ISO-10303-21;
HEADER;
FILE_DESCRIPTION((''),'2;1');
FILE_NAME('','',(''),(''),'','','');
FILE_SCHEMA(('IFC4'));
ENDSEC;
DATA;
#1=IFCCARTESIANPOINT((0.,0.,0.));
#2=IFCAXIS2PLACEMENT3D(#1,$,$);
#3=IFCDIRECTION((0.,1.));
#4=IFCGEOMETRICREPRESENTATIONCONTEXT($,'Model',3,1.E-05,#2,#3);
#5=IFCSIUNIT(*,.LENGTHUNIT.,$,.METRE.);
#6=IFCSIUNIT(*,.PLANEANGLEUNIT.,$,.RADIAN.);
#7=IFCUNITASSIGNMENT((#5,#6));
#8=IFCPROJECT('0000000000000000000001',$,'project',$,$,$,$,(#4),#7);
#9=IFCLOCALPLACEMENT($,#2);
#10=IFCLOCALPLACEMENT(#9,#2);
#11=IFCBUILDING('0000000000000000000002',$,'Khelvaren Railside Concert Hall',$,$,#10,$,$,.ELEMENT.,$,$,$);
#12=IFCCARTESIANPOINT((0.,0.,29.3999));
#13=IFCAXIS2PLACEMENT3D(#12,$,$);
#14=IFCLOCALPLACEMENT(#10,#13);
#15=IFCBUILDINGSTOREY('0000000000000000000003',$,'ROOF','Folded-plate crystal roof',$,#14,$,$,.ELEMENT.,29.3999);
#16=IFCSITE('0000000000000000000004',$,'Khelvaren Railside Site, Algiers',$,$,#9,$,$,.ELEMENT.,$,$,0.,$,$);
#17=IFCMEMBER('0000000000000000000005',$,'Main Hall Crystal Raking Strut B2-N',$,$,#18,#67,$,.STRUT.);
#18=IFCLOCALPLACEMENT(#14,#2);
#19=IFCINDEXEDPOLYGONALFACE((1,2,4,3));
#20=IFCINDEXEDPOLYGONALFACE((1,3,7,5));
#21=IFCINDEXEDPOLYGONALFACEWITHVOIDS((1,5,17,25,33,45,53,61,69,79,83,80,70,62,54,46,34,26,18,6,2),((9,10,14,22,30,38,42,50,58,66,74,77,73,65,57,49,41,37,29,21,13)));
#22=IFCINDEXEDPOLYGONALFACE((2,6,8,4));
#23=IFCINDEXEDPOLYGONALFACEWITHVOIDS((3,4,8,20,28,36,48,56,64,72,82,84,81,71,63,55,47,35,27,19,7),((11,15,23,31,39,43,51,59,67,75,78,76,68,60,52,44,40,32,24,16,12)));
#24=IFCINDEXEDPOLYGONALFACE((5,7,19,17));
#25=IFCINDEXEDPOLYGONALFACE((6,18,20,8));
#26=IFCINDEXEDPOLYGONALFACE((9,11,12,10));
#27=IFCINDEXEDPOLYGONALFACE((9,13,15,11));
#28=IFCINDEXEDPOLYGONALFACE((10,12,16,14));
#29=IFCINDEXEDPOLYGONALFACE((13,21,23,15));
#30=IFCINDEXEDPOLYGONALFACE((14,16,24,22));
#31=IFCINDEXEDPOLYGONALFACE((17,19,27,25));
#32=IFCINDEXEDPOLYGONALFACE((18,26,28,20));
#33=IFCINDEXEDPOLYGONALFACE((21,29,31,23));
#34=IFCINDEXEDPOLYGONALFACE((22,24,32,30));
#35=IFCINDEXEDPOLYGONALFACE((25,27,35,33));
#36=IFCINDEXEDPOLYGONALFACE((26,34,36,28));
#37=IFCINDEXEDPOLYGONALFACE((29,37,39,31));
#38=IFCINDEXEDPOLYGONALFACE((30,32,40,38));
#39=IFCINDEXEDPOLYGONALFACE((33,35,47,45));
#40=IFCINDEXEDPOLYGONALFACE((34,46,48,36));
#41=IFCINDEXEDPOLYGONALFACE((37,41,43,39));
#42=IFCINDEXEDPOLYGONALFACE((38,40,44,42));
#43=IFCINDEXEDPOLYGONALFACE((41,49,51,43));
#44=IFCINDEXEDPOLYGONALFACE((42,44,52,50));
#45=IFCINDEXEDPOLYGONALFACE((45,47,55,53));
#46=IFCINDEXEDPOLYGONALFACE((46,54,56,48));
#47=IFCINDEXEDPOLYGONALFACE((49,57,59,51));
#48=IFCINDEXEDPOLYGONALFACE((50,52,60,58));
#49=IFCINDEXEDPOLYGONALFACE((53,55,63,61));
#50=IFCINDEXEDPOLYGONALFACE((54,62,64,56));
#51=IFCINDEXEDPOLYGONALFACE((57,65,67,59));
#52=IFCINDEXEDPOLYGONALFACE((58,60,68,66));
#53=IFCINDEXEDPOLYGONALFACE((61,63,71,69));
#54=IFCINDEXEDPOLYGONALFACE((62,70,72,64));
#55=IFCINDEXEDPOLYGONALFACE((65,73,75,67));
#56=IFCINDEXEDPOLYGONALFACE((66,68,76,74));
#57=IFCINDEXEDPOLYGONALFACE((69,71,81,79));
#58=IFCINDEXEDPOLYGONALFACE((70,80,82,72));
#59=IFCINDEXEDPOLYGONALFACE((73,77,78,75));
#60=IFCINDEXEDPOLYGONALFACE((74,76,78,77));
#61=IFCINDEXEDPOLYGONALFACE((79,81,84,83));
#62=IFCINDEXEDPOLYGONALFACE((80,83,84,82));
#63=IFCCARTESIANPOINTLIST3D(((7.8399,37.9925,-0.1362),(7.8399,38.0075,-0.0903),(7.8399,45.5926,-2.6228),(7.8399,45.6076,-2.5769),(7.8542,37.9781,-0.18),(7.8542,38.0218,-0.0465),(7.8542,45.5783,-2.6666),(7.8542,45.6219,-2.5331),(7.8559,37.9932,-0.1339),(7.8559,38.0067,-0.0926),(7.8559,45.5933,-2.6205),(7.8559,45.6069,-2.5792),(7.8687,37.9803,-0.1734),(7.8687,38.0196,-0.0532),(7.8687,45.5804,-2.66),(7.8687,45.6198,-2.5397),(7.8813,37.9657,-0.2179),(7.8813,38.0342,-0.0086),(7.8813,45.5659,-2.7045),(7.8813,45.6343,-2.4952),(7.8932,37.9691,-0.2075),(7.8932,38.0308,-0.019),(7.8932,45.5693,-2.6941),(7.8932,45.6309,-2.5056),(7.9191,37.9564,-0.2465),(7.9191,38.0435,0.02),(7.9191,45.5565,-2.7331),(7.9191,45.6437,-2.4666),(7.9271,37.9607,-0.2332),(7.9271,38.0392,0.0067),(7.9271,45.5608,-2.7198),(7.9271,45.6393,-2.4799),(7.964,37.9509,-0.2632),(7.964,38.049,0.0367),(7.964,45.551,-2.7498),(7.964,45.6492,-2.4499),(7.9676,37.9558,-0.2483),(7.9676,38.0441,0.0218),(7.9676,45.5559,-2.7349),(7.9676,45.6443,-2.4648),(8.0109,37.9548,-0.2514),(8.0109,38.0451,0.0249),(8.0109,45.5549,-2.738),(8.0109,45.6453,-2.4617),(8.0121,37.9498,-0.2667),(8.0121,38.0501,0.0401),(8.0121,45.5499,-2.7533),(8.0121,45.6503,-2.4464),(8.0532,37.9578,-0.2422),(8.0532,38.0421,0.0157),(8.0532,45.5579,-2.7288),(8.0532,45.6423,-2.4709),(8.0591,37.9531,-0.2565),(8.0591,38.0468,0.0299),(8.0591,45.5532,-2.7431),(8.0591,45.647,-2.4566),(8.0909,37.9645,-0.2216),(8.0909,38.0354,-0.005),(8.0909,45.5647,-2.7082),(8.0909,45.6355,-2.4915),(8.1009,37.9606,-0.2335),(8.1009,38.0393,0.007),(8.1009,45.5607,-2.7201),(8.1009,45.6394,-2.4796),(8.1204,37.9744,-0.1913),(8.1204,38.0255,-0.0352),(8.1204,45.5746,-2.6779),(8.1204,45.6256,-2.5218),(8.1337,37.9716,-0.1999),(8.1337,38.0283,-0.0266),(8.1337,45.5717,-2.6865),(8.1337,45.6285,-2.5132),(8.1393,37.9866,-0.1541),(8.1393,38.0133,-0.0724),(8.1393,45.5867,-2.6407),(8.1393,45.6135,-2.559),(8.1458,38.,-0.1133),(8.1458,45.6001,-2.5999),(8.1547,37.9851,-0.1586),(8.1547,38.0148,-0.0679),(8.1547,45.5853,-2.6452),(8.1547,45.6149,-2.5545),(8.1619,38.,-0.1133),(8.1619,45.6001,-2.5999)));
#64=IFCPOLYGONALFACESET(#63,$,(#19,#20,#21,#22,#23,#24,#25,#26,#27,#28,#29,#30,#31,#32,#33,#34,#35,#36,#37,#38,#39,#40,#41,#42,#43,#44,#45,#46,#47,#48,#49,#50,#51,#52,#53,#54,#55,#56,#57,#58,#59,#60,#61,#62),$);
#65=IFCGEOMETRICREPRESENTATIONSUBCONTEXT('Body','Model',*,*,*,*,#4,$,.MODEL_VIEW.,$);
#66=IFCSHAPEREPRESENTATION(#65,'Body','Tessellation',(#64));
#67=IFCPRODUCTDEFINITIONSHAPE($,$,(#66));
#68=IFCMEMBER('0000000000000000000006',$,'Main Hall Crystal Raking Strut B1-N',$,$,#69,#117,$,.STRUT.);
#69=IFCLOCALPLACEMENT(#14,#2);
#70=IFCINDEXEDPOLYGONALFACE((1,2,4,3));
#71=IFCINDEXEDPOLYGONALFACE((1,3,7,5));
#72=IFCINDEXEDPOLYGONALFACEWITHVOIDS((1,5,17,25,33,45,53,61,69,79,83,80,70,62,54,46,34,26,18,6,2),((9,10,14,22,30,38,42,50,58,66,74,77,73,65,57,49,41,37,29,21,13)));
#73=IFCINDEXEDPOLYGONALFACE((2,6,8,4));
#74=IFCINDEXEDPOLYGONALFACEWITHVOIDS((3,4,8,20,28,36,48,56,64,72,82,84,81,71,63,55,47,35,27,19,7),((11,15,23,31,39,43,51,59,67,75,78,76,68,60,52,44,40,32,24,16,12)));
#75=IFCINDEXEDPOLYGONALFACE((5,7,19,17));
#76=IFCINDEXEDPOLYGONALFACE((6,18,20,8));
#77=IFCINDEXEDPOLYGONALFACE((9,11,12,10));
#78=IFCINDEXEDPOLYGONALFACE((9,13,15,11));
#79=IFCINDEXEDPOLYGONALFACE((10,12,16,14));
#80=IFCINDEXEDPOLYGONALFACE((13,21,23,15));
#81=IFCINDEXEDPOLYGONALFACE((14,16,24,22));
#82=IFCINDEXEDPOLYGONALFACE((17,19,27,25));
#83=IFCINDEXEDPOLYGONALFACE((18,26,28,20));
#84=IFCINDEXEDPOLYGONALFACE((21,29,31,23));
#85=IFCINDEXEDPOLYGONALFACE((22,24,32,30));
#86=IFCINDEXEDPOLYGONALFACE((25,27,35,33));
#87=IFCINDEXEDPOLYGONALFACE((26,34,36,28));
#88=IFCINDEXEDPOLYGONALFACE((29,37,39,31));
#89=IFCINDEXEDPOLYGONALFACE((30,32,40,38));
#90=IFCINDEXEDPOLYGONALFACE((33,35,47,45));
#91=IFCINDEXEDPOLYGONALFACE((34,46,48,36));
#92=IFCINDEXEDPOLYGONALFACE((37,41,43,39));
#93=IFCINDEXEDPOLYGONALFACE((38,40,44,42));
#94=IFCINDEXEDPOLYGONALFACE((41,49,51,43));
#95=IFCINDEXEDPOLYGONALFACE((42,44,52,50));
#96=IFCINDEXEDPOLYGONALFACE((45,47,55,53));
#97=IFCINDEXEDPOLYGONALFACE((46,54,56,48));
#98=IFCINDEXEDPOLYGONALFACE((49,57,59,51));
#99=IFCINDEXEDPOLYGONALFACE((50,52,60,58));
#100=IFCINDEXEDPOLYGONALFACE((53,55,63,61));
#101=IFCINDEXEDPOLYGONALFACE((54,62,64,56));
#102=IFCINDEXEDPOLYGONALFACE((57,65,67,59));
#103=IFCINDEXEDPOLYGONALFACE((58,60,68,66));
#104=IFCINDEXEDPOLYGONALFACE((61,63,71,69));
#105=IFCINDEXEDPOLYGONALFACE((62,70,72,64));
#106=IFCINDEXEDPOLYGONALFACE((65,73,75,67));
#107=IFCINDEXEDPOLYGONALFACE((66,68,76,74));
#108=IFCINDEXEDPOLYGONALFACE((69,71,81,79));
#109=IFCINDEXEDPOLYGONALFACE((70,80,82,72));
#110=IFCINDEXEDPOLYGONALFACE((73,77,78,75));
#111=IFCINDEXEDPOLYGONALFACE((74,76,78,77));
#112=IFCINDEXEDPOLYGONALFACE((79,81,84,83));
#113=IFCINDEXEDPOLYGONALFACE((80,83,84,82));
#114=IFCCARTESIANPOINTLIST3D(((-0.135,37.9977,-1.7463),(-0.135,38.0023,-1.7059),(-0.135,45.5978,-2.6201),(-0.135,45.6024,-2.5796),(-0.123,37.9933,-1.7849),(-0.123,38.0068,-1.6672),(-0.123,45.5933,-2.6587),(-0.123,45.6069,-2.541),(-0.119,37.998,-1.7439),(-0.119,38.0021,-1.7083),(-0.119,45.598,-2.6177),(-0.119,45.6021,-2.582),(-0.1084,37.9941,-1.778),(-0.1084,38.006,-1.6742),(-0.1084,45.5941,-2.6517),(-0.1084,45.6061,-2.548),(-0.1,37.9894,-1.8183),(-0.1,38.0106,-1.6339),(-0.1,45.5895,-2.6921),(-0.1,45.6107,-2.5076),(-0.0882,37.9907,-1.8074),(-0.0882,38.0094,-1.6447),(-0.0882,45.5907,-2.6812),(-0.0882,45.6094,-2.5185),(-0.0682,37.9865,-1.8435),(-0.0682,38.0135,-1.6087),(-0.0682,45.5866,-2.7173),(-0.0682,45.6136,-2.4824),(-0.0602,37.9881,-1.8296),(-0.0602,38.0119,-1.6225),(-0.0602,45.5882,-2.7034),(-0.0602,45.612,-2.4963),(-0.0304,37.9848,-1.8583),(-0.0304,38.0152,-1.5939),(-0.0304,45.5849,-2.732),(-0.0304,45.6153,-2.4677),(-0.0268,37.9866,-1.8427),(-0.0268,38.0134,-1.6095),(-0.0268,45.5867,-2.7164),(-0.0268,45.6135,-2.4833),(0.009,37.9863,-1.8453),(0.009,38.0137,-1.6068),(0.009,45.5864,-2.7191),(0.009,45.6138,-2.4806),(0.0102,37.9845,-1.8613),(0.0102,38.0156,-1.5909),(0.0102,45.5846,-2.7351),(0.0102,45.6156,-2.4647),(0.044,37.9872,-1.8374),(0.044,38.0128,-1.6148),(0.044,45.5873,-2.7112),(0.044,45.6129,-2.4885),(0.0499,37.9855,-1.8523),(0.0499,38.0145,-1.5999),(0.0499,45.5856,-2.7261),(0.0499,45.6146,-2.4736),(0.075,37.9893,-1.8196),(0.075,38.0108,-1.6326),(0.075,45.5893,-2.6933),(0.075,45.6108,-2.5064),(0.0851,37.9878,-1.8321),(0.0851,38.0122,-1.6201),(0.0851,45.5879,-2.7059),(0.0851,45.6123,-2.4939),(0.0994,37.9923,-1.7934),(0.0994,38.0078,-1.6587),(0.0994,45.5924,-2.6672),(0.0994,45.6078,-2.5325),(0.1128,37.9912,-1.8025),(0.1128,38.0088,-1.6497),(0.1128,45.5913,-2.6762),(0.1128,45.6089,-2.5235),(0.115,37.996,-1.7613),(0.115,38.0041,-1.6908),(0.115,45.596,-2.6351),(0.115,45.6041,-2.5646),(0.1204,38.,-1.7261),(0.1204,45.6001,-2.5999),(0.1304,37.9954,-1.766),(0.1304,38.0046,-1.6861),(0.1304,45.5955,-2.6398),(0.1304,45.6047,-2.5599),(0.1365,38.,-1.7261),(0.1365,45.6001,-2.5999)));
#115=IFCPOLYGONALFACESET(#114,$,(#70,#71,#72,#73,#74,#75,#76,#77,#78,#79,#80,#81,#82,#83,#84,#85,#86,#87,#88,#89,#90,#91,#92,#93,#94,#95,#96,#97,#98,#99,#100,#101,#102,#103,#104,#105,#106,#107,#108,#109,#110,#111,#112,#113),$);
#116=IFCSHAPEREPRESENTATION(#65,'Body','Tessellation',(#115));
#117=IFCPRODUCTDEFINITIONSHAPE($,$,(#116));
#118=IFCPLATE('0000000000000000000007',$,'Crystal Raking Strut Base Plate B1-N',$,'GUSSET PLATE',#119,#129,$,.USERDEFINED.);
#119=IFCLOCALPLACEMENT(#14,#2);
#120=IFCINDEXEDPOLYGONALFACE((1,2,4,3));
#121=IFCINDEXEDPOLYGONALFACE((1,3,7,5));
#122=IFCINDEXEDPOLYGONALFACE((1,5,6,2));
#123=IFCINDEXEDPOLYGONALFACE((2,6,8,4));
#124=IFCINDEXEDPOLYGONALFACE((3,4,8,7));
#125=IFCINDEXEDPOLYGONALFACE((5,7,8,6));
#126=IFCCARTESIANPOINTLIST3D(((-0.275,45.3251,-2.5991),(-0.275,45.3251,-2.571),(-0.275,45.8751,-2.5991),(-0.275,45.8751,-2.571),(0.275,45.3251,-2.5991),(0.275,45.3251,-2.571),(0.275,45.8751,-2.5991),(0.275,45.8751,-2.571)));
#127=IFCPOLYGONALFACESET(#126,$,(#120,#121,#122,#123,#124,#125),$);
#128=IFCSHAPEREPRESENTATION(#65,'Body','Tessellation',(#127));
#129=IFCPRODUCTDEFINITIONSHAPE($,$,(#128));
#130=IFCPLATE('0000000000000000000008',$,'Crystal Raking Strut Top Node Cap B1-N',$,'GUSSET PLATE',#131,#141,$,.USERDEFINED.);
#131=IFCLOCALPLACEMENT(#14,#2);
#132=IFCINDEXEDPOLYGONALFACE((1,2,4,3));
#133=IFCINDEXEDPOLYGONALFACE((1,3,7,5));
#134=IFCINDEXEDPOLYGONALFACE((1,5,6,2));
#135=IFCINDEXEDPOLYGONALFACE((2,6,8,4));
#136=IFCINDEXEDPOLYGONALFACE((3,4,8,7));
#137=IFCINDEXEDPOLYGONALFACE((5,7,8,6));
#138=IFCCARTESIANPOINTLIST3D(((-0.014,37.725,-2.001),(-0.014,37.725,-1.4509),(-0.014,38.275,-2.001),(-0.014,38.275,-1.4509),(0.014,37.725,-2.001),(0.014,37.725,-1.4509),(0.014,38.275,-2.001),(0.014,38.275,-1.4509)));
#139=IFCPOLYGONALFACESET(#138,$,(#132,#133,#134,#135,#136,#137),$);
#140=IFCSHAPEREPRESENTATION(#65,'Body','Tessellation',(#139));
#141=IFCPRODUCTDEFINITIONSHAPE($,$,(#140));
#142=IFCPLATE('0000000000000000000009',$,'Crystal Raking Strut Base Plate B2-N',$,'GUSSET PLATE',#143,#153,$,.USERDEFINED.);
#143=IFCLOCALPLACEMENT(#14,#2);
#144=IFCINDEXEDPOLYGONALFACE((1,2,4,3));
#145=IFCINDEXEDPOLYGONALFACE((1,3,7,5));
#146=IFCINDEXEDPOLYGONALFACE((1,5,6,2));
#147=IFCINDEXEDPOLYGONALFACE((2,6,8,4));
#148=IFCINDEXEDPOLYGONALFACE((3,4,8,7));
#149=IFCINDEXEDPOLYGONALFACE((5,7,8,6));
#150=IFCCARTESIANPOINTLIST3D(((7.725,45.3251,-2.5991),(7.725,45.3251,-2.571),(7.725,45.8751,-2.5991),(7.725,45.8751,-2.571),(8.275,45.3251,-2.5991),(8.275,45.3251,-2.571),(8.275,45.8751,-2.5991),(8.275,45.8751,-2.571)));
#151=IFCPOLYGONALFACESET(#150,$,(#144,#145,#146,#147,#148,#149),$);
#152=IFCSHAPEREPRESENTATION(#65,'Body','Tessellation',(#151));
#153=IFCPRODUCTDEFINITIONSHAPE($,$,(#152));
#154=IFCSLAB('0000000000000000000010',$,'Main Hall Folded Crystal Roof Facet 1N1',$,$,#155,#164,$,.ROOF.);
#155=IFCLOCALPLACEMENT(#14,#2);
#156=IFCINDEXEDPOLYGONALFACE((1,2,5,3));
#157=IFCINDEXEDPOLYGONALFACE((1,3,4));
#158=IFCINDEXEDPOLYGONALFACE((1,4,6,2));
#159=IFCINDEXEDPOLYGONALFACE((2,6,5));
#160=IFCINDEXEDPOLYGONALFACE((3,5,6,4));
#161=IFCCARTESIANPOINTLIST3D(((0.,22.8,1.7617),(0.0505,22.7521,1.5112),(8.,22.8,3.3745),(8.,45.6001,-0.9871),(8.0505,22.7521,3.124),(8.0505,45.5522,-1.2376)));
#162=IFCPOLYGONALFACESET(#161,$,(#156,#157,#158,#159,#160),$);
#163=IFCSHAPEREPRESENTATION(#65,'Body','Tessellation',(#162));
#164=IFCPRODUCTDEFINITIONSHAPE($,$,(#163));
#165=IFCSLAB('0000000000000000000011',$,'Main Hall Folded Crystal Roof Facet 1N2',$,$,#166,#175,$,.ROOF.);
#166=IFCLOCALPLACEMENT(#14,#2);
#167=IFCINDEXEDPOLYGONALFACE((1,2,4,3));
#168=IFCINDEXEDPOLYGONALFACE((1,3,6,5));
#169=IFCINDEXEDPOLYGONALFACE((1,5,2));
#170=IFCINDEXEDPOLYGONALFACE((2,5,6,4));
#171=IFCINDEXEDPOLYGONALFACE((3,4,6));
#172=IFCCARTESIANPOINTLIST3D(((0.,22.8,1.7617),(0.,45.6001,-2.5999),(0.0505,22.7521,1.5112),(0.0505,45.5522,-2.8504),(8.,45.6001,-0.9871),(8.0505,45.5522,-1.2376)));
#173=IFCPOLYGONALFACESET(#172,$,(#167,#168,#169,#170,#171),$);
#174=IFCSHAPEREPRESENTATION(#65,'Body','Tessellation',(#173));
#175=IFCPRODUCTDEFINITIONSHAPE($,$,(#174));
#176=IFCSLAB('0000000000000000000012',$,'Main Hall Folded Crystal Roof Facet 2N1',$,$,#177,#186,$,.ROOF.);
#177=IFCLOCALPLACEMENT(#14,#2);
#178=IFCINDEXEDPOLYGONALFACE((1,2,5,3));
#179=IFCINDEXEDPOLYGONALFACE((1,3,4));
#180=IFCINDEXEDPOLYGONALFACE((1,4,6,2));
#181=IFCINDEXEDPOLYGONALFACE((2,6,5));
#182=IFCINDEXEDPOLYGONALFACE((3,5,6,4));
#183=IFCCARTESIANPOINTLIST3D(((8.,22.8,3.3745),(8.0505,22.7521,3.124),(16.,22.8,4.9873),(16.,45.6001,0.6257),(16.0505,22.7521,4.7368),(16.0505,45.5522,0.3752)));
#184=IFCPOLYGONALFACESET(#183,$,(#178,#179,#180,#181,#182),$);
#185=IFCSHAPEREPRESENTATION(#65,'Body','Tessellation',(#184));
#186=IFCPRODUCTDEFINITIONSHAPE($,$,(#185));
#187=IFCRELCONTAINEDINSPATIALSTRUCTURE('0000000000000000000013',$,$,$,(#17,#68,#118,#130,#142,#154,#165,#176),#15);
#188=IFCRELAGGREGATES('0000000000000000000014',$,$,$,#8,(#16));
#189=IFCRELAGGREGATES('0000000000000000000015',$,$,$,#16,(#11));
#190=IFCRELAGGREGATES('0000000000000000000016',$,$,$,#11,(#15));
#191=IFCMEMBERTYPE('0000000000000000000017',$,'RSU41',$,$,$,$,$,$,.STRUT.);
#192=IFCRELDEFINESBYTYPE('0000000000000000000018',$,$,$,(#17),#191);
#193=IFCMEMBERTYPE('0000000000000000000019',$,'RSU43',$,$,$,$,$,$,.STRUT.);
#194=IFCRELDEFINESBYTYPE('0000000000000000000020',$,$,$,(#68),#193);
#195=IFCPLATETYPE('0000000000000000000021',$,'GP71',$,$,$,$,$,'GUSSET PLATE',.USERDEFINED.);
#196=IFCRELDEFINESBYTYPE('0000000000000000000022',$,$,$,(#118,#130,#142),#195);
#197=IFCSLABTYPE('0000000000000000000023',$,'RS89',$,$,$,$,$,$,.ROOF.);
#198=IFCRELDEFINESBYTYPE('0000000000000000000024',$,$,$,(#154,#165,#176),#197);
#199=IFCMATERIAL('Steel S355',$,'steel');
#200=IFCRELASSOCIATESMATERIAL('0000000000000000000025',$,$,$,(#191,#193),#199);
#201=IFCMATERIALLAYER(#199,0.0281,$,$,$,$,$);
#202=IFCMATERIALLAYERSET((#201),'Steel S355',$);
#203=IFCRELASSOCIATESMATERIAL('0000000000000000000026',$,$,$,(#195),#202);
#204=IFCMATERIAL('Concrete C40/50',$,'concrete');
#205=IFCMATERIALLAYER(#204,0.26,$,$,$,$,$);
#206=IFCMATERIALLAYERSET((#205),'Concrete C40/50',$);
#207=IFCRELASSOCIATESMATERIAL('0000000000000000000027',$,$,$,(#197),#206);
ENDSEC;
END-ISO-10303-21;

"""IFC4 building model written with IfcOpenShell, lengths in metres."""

from ifc_helpers import new_model, si_unit, direction, frame, origin, origin_2d, place, context, subcontext, project, spatial, polyline, rectangle, hollow_circle, outline, extrude, material, layer, layer_set, material_profile, profile_set, type_object, element, save


model = new_model("IFC4")

# Units and contexts
model_context = context("Model", 3, precision=1e-05, world=origin(), true_north=direction((0.0, 1.0)))
body_context = subcontext(model_context, "Body", "Model", "MODEL_VIEW")
ifc_project = project(units=[si_unit("LENGTHUNIT", "METRE"), si_unit("PLANEANGLEUNIT", "RADIAN")], contexts=[model_context])

# Site, building, storey
site_placement = place(None, origin())
site = spatial("IfcSite", under=ifc_project, at=site_placement, Name="Khelvaren Railside Site, Algiers", CompositionType="ELEMENT", RefElevation=0.0)
building_placement = place(site_placement, origin())
building = spatial("IfcBuilding", under=site, at=building_placement, Name="Khelvaren Railside Concert Hall", CompositionType="ELEMENT")
storey_placement = place(building_placement, frame((0.0, 0.0, 29.3999)))
storey = spatial("IfcBuildingStorey", under=building, at=storey_placement, Name="ROOF", Description="Folded-plate crystal roof", CompositionType="ELEMENT", Elevation=29.3999)

# Shared definitions
ifc_material_1 = material(Name="Steel S355", Category="steel")

# Members
ifc_material_profile_1 = material_profile(ifc_material_1, hollow_circle(Radius=0.1619, WallThickness=0.0161, at=origin_2d()), Name="CHS 323.9x16")
ifc_profile_set_1 = profile_set([ifc_material_profile_1], Name="Steel S355")
member_type_1 = type_object("IfcMemberType", Name="RSU41", PredefinedType="STRUT", material=ifc_profile_set_1)
member_1_placement = place(storey_placement, frame((8.0, 45.6001, -2.5999), z_axis=(0.0, -0.950424, 0.310956), x_axis=(1.0, 0.0, 0.0)))
element("IfcMember", 1, at=member_1_placement, inside=storey, type_object=member_type_1, Name="Main Hall Crystal Raking Strut B2-N", PredefinedType="STRUT", context=body_context, shape_type="SweptSolid", body=[
    extrude(hollow_circle(Radius=0.1619, WallThickness=0.0161, at=origin_2d()), origin(), (0.0, 0.0, 1.0), 7.9966),
])
ifc_material_profile_2 = material_profile(ifc_material_1, hollow_circle(Radius=0.1365, WallThickness=0.0161, at=origin_2d()), Name="CHS 273x16")
ifc_profile_set_2 = profile_set([ifc_material_profile_2], Name="Steel S355")
member_type_2 = type_object("IfcMemberType", Name="RSU43", PredefinedType="STRUT", material=ifc_profile_set_2)
member_2_placement = place(storey_placement, frame((0.0, 45.6001, -2.5999), z_axis=(0.0, -0.993456, 0.114217), x_axis=(1.0, 0.0, 0.0)))
element("IfcMember", 2, at=member_2_placement, inside=storey, type_object=member_type_2, Name="Main Hall Crystal Raking Strut B1-N", PredefinedType="STRUT", context=body_context, shape_type="SweptSolid", body=[
    extrude(hollow_circle(Radius=0.1365, WallThickness=0.0161, at=origin_2d()), origin(), (0.0, 0.0, 1.0), 7.6501),
])

# Plates
ifc_layer_1 = layer(ifc_material_1, 0.0281)
ifc_layer_set_1 = layer_set([ifc_layer_1], Name="Steel S355")
plate_type = type_object("IfcPlateType", Name="GP71", ElementType="GUSSET PLATE", PredefinedType="USERDEFINED", material=ifc_layer_set_1)
plate_1_placement = place(storey_placement, frame((0.0, 45.6001, -2.5991), z_axis=(0.0, 0.0, 1.0), x_axis=(1.0, 0.0, 0.0)))
element("IfcPlate", 3, at=plate_1_placement, inside=storey, type_object=plate_type, Name="Crystal Raking Strut Base Plate B1-N", ObjectType="GUSSET PLATE", PredefinedType="USERDEFINED", context=body_context, shape_type="SweptSolid", body=[
    extrude(rectangle(XDim=0.55, YDim=0.55, at=origin_2d()), origin(), (0.0, 0.0, 1.0), 0.0281),
])
plate_2_placement = place(storey_placement, frame((0.0, 38.0, -2.001), z_axis=(0.0, 0.0, 1.0), x_axis=(1.0, 0.0, 0.0)))
element("IfcPlate", 4, at=plate_2_placement, inside=storey, type_object=plate_type, Name="Crystal Raking Strut Top Node Cap B1-N", ObjectType="GUSSET PLATE", PredefinedType="USERDEFINED", context=body_context, shape_type="SweptSolid", body=[
    extrude(rectangle(XDim=0.0281, YDim=0.55, at=origin_2d()), origin(), (0.0, 0.0, 1.0), 0.55),
])
plate_3_placement = place(storey_placement, frame((8.0, 45.6001, -2.5991), z_axis=(0.0, 0.0, 1.0), x_axis=(1.0, 0.0, 0.0)))
element("IfcPlate", 5, at=plate_3_placement, inside=storey, type_object=plate_type, Name="Crystal Raking Strut Base Plate B2-N", ObjectType="GUSSET PLATE", PredefinedType="USERDEFINED", context=body_context, shape_type="SweptSolid", body=[
    extrude(rectangle(XDim=0.55, YDim=0.55, at=origin_2d()), origin(), (0.0, 0.0, 1.0), 0.0281),
])

# Slabs
ifc_material_2 = material(Name="Concrete C40/50", Category="concrete")
ifc_layer_2 = layer(ifc_material_2, 0.26)
ifc_layer_set_2 = layer_set([ifc_layer_2], Name="Concrete C40/50")
slab_type = type_object("IfcSlabType", Name="RS89", PredefinedType="ROOF", material=ifc_layer_set_2)
slab_1_placement = place(storey_placement, frame((0.0, 22.8, 1.7617), z_axis=(-0.194238, 0.184311, 0.963484), x_axis=(0.980278, 0.0, 0.197623)))
element("IfcSlab", 6, at=slab_1_placement, inside=storey, type_object=slab_type, Name="Main Hall Folded Crystal Roof Facet 1N1", PredefinedType="ROOF", context=body_context, shape_type="SweptSolid", body=[
    extrude(outline(polyline([(0.0, 0.0), (8.1609, 0.0), (7.299, 23.1975), (0.0, 0.0)])), origin(), (0.0, 0.0, -1.0), 0.26),
])
slab_2_placement = place(storey_placement, frame((0.0, 22.8, 1.7617), z_axis=(-0.194238, 0.184311, 0.963484), x_axis=(0.328965, 0.937553, -0.113032)))
element("IfcSlab", 7, at=slab_2_placement, inside=storey, type_object=slab_type, Name="Main Hall Folded Crystal Roof Facet 1N2", PredefinedType="ROOF", context=body_context, shape_type="SweptSolid", body=[
    extrude(outline(polyline([(0.0, 0.0), (24.3187, 0.0), (21.8693, 7.7847), (0.0, 0.0)])), origin(), (0.0, 0.0, -1.0), 0.26),
])
slab_3_placement = place(storey_placement, frame((8.0, 22.8, 3.3745), z_axis=(-0.194238, 0.184311, 0.963484), x_axis=(0.980278, 0.0, 0.197623)))
element("IfcSlab", 8, at=slab_3_placement, inside=storey, type_object=slab_type, Name="Main Hall Folded Crystal Roof Facet 2N1", PredefinedType="ROOF", context=body_context, shape_type="SweptSolid", body=[
    extrude(outline(polyline([(0.0, 0.0), (8.1609, 0.0), (7.299, 23.1975), (0.0, 0.0)])), origin(), (0.0, 0.0, -1.0), 0.26),
])

save(model, "model.ifc")
